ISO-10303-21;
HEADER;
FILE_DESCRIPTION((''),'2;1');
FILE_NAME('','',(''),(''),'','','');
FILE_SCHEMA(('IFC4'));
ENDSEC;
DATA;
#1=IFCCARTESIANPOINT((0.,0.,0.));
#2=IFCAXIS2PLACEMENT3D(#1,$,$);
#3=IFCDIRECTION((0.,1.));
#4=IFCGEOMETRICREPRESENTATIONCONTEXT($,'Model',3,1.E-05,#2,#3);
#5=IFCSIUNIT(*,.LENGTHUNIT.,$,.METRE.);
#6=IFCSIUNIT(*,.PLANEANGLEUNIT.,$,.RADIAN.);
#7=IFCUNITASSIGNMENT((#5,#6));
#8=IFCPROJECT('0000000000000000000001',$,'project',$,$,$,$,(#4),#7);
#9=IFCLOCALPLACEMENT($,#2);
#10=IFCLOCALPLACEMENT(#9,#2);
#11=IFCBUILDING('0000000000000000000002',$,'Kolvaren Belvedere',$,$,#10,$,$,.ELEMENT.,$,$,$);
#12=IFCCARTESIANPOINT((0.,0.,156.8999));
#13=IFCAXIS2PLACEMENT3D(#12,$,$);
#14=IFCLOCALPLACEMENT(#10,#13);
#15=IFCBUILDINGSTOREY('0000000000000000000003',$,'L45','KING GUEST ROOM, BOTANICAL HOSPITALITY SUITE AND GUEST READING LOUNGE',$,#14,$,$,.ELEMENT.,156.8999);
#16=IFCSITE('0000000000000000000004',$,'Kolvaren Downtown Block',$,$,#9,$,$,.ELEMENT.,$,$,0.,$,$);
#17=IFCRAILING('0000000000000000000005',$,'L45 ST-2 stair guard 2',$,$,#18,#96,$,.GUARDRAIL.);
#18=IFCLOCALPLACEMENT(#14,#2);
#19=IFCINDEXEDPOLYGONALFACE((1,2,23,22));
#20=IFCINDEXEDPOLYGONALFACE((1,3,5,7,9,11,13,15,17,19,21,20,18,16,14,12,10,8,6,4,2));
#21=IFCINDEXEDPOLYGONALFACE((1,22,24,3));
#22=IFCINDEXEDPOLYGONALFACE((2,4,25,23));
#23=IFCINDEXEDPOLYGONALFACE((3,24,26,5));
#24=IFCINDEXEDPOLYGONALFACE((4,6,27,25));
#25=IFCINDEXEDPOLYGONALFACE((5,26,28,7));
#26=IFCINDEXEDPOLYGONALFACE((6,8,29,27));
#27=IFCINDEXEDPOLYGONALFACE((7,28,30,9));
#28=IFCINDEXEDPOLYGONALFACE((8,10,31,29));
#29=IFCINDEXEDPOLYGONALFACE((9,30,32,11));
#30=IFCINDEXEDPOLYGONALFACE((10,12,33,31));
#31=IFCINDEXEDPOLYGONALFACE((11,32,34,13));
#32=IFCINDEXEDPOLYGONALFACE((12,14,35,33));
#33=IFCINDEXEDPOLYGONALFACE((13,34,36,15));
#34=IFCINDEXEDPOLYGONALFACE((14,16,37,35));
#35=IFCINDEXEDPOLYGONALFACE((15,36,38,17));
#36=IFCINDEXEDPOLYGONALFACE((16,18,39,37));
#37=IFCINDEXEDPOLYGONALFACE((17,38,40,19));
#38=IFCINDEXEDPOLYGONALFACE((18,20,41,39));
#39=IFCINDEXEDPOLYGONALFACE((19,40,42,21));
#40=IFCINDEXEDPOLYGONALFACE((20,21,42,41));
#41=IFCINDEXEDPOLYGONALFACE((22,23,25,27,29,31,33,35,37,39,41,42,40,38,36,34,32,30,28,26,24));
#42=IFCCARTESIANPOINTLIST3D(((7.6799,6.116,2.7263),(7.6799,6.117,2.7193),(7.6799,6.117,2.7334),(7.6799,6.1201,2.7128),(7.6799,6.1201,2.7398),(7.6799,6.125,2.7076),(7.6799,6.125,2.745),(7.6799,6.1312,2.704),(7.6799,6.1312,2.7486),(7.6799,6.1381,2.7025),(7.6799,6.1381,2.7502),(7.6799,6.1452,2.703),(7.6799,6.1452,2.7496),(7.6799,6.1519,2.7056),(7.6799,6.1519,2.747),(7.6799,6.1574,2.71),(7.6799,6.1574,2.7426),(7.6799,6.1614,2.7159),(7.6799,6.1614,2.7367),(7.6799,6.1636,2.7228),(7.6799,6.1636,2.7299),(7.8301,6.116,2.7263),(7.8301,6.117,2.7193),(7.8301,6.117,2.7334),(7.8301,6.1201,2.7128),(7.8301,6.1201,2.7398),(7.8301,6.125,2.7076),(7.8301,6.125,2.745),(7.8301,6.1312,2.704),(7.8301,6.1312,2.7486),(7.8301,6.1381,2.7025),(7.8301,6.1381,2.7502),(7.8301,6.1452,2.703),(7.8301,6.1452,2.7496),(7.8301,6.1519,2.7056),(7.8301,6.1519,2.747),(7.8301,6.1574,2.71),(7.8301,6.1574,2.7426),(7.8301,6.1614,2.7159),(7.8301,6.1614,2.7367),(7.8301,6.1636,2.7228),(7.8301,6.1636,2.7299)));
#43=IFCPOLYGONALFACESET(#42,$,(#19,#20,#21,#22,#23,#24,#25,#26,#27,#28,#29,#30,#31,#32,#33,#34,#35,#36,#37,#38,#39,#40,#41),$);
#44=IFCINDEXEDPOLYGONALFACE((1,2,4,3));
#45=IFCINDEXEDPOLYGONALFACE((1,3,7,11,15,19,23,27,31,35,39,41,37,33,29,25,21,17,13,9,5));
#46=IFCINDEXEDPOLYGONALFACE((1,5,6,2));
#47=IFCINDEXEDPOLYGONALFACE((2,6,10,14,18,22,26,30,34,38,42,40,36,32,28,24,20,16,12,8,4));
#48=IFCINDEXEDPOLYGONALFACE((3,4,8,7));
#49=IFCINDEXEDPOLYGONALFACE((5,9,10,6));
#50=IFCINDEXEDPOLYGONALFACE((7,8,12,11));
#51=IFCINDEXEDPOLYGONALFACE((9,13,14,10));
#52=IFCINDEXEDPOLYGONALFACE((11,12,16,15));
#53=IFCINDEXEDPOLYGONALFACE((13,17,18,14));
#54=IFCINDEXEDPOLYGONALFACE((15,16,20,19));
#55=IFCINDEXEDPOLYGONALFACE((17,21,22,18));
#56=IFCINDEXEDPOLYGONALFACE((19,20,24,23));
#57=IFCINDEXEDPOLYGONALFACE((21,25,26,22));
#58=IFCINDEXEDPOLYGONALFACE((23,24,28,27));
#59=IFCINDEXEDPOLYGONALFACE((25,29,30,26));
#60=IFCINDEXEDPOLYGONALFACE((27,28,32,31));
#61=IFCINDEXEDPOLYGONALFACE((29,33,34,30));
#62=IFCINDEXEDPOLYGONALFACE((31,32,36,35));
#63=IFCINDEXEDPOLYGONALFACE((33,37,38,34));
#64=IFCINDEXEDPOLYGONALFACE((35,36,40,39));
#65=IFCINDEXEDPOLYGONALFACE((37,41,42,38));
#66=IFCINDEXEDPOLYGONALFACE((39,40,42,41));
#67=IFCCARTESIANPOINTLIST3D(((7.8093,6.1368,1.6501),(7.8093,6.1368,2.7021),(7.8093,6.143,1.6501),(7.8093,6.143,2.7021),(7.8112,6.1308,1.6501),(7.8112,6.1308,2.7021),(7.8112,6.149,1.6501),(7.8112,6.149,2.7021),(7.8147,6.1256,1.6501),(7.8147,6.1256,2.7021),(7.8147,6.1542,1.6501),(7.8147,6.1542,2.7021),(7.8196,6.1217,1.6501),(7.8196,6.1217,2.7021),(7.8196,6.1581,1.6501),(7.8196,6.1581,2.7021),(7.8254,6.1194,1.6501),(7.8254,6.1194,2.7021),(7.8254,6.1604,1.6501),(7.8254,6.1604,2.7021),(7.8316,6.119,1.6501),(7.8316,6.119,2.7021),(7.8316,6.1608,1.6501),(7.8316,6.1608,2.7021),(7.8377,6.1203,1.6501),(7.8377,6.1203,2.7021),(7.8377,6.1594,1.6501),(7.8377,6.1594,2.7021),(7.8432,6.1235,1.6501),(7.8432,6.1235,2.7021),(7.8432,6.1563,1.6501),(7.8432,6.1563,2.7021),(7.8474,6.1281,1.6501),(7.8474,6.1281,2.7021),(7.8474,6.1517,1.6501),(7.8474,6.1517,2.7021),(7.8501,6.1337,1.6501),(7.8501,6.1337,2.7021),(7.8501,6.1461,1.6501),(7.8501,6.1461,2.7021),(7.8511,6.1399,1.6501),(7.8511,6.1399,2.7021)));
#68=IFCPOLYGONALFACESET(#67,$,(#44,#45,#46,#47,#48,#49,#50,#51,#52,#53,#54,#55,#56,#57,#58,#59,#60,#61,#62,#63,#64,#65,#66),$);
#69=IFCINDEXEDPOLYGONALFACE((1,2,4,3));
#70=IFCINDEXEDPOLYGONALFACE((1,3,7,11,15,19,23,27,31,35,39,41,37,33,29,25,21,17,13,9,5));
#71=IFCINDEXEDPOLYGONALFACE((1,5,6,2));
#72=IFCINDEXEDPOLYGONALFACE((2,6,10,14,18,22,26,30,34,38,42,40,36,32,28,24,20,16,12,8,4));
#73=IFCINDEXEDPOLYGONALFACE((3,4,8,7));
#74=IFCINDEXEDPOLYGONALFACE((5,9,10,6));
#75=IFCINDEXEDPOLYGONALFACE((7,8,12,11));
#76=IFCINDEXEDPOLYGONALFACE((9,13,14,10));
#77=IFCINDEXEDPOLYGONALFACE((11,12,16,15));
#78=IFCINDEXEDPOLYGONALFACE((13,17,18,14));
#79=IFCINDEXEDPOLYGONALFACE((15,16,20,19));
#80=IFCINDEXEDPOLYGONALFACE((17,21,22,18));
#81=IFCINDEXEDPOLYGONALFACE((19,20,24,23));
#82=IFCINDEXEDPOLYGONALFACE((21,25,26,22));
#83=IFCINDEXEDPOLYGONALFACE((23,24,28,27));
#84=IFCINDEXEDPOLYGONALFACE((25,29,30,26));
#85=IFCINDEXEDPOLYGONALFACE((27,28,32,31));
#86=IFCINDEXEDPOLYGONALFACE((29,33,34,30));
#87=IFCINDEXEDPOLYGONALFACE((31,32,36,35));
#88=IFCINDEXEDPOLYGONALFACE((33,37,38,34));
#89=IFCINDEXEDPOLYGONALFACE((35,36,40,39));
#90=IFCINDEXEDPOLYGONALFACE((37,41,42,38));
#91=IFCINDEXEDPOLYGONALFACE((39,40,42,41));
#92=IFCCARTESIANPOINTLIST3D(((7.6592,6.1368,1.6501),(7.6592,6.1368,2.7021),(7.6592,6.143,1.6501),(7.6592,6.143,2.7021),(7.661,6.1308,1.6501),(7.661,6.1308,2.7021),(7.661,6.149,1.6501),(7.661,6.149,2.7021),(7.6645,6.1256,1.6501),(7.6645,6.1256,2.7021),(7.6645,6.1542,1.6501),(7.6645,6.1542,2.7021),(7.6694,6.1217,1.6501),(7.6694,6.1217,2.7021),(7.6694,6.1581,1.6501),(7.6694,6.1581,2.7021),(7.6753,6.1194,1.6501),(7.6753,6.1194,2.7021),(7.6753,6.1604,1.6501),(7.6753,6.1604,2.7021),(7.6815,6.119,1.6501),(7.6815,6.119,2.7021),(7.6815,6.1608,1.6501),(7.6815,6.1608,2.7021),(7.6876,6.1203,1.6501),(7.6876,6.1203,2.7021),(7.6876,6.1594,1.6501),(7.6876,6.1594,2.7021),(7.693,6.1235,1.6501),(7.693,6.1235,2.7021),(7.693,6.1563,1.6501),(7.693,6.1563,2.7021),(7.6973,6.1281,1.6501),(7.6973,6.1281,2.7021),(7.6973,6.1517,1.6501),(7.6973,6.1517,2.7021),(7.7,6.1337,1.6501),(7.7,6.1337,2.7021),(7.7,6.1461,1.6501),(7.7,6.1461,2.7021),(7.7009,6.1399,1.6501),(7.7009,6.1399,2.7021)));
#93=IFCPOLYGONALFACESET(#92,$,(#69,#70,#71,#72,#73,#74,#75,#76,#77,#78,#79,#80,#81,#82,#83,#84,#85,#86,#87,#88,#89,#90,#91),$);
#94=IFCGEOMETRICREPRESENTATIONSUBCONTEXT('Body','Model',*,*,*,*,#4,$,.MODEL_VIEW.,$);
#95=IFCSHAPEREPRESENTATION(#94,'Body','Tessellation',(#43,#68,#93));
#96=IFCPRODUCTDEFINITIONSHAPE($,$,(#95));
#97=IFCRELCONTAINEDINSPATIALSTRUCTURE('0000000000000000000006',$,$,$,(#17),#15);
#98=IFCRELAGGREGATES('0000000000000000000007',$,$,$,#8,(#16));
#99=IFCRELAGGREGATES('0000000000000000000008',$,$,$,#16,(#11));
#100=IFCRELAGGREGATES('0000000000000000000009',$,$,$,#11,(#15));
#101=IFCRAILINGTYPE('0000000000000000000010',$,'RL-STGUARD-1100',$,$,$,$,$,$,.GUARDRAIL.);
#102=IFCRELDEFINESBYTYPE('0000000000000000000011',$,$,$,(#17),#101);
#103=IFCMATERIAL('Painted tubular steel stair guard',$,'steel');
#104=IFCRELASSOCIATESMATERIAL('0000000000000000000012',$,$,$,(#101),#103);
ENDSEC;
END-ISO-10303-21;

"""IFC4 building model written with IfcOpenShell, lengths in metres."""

from ifc_helpers import new_model, si_unit, direction, frame, origin, origin_2d, place, context, subcontext, project, spatial, circle, extrude, material, type_object, element, save


model = new_model("IFC4")

# Units and contexts
model_context = context("Model", 3, precision=1e-05, world=origin(), true_north=direction((0.0, 1.0)))
body_context = subcontext(model_context, "Body", "Model", "MODEL_VIEW")
ifc_project = project(units=[si_unit("LENGTHUNIT", "METRE"), si_unit("PLANEANGLEUNIT", "RADIAN")], contexts=[model_context])

# Site, building, storey
site_placement = place(None, origin())
site = spatial("IfcSite", under=ifc_project, at=site_placement, Name="Kolvaren Downtown Block", CompositionType="ELEMENT", RefElevation=0.0)
building_placement = place(site_placement, origin())
building = spatial("IfcBuilding", under=site, at=building_placement, Name="Kolvaren Belvedere", CompositionType="ELEMENT")
storey_placement = place(building_placement, frame((0.0, 0.0, 156.8999)))
storey = spatial("IfcBuildingStorey", under=building, at=storey_placement, Name="L45", Description="KING GUEST ROOM, BOTANICAL HOSPITALITY SUITE AND GUEST READING LOUNGE", CompositionType="ELEMENT", Elevation=156.8999)

# Railing
ifc_material_1 = material(Name="Painted tubular steel stair guard", Category="steel")
railing_type_1 = type_object("IfcRailingType", Name="RL-STGUARD-1100", PredefinedType="GUARDRAIL", material=ifc_material_1)
railing_1_placement = place(storey_placement, frame((7.8301, 6.1399, 1.6501)))
element("IfcRailing", 1, at=railing_1_placement, inside=storey, type_object=railing_type_1, Name="L45 ST-2 stair guard 2", PredefinedType="GUARDRAIL", context=body_context, shape_type="SweptSolid", body=[
    extrude(circle(Radius=0.0239, at=origin_2d()), frame((0.0, 0.0, 1.0762), z_axis=(-1.0, 0.0, 0.0), x_axis=(0.0, -1.0, 0.0)), (0.0, 0.0, 1.0), 0.1501),
    extrude(circle(Radius=0.021, at=origin_2d()), origin(), (0.0, 0.0, 1.0), 1.052),
    extrude(circle(Radius=0.021, at=origin_2d()), frame((-0.1501, 0.0, 0.0)), (0.0, 0.0, 1.0), 1.052),
])

save(model, "model.ifc")
